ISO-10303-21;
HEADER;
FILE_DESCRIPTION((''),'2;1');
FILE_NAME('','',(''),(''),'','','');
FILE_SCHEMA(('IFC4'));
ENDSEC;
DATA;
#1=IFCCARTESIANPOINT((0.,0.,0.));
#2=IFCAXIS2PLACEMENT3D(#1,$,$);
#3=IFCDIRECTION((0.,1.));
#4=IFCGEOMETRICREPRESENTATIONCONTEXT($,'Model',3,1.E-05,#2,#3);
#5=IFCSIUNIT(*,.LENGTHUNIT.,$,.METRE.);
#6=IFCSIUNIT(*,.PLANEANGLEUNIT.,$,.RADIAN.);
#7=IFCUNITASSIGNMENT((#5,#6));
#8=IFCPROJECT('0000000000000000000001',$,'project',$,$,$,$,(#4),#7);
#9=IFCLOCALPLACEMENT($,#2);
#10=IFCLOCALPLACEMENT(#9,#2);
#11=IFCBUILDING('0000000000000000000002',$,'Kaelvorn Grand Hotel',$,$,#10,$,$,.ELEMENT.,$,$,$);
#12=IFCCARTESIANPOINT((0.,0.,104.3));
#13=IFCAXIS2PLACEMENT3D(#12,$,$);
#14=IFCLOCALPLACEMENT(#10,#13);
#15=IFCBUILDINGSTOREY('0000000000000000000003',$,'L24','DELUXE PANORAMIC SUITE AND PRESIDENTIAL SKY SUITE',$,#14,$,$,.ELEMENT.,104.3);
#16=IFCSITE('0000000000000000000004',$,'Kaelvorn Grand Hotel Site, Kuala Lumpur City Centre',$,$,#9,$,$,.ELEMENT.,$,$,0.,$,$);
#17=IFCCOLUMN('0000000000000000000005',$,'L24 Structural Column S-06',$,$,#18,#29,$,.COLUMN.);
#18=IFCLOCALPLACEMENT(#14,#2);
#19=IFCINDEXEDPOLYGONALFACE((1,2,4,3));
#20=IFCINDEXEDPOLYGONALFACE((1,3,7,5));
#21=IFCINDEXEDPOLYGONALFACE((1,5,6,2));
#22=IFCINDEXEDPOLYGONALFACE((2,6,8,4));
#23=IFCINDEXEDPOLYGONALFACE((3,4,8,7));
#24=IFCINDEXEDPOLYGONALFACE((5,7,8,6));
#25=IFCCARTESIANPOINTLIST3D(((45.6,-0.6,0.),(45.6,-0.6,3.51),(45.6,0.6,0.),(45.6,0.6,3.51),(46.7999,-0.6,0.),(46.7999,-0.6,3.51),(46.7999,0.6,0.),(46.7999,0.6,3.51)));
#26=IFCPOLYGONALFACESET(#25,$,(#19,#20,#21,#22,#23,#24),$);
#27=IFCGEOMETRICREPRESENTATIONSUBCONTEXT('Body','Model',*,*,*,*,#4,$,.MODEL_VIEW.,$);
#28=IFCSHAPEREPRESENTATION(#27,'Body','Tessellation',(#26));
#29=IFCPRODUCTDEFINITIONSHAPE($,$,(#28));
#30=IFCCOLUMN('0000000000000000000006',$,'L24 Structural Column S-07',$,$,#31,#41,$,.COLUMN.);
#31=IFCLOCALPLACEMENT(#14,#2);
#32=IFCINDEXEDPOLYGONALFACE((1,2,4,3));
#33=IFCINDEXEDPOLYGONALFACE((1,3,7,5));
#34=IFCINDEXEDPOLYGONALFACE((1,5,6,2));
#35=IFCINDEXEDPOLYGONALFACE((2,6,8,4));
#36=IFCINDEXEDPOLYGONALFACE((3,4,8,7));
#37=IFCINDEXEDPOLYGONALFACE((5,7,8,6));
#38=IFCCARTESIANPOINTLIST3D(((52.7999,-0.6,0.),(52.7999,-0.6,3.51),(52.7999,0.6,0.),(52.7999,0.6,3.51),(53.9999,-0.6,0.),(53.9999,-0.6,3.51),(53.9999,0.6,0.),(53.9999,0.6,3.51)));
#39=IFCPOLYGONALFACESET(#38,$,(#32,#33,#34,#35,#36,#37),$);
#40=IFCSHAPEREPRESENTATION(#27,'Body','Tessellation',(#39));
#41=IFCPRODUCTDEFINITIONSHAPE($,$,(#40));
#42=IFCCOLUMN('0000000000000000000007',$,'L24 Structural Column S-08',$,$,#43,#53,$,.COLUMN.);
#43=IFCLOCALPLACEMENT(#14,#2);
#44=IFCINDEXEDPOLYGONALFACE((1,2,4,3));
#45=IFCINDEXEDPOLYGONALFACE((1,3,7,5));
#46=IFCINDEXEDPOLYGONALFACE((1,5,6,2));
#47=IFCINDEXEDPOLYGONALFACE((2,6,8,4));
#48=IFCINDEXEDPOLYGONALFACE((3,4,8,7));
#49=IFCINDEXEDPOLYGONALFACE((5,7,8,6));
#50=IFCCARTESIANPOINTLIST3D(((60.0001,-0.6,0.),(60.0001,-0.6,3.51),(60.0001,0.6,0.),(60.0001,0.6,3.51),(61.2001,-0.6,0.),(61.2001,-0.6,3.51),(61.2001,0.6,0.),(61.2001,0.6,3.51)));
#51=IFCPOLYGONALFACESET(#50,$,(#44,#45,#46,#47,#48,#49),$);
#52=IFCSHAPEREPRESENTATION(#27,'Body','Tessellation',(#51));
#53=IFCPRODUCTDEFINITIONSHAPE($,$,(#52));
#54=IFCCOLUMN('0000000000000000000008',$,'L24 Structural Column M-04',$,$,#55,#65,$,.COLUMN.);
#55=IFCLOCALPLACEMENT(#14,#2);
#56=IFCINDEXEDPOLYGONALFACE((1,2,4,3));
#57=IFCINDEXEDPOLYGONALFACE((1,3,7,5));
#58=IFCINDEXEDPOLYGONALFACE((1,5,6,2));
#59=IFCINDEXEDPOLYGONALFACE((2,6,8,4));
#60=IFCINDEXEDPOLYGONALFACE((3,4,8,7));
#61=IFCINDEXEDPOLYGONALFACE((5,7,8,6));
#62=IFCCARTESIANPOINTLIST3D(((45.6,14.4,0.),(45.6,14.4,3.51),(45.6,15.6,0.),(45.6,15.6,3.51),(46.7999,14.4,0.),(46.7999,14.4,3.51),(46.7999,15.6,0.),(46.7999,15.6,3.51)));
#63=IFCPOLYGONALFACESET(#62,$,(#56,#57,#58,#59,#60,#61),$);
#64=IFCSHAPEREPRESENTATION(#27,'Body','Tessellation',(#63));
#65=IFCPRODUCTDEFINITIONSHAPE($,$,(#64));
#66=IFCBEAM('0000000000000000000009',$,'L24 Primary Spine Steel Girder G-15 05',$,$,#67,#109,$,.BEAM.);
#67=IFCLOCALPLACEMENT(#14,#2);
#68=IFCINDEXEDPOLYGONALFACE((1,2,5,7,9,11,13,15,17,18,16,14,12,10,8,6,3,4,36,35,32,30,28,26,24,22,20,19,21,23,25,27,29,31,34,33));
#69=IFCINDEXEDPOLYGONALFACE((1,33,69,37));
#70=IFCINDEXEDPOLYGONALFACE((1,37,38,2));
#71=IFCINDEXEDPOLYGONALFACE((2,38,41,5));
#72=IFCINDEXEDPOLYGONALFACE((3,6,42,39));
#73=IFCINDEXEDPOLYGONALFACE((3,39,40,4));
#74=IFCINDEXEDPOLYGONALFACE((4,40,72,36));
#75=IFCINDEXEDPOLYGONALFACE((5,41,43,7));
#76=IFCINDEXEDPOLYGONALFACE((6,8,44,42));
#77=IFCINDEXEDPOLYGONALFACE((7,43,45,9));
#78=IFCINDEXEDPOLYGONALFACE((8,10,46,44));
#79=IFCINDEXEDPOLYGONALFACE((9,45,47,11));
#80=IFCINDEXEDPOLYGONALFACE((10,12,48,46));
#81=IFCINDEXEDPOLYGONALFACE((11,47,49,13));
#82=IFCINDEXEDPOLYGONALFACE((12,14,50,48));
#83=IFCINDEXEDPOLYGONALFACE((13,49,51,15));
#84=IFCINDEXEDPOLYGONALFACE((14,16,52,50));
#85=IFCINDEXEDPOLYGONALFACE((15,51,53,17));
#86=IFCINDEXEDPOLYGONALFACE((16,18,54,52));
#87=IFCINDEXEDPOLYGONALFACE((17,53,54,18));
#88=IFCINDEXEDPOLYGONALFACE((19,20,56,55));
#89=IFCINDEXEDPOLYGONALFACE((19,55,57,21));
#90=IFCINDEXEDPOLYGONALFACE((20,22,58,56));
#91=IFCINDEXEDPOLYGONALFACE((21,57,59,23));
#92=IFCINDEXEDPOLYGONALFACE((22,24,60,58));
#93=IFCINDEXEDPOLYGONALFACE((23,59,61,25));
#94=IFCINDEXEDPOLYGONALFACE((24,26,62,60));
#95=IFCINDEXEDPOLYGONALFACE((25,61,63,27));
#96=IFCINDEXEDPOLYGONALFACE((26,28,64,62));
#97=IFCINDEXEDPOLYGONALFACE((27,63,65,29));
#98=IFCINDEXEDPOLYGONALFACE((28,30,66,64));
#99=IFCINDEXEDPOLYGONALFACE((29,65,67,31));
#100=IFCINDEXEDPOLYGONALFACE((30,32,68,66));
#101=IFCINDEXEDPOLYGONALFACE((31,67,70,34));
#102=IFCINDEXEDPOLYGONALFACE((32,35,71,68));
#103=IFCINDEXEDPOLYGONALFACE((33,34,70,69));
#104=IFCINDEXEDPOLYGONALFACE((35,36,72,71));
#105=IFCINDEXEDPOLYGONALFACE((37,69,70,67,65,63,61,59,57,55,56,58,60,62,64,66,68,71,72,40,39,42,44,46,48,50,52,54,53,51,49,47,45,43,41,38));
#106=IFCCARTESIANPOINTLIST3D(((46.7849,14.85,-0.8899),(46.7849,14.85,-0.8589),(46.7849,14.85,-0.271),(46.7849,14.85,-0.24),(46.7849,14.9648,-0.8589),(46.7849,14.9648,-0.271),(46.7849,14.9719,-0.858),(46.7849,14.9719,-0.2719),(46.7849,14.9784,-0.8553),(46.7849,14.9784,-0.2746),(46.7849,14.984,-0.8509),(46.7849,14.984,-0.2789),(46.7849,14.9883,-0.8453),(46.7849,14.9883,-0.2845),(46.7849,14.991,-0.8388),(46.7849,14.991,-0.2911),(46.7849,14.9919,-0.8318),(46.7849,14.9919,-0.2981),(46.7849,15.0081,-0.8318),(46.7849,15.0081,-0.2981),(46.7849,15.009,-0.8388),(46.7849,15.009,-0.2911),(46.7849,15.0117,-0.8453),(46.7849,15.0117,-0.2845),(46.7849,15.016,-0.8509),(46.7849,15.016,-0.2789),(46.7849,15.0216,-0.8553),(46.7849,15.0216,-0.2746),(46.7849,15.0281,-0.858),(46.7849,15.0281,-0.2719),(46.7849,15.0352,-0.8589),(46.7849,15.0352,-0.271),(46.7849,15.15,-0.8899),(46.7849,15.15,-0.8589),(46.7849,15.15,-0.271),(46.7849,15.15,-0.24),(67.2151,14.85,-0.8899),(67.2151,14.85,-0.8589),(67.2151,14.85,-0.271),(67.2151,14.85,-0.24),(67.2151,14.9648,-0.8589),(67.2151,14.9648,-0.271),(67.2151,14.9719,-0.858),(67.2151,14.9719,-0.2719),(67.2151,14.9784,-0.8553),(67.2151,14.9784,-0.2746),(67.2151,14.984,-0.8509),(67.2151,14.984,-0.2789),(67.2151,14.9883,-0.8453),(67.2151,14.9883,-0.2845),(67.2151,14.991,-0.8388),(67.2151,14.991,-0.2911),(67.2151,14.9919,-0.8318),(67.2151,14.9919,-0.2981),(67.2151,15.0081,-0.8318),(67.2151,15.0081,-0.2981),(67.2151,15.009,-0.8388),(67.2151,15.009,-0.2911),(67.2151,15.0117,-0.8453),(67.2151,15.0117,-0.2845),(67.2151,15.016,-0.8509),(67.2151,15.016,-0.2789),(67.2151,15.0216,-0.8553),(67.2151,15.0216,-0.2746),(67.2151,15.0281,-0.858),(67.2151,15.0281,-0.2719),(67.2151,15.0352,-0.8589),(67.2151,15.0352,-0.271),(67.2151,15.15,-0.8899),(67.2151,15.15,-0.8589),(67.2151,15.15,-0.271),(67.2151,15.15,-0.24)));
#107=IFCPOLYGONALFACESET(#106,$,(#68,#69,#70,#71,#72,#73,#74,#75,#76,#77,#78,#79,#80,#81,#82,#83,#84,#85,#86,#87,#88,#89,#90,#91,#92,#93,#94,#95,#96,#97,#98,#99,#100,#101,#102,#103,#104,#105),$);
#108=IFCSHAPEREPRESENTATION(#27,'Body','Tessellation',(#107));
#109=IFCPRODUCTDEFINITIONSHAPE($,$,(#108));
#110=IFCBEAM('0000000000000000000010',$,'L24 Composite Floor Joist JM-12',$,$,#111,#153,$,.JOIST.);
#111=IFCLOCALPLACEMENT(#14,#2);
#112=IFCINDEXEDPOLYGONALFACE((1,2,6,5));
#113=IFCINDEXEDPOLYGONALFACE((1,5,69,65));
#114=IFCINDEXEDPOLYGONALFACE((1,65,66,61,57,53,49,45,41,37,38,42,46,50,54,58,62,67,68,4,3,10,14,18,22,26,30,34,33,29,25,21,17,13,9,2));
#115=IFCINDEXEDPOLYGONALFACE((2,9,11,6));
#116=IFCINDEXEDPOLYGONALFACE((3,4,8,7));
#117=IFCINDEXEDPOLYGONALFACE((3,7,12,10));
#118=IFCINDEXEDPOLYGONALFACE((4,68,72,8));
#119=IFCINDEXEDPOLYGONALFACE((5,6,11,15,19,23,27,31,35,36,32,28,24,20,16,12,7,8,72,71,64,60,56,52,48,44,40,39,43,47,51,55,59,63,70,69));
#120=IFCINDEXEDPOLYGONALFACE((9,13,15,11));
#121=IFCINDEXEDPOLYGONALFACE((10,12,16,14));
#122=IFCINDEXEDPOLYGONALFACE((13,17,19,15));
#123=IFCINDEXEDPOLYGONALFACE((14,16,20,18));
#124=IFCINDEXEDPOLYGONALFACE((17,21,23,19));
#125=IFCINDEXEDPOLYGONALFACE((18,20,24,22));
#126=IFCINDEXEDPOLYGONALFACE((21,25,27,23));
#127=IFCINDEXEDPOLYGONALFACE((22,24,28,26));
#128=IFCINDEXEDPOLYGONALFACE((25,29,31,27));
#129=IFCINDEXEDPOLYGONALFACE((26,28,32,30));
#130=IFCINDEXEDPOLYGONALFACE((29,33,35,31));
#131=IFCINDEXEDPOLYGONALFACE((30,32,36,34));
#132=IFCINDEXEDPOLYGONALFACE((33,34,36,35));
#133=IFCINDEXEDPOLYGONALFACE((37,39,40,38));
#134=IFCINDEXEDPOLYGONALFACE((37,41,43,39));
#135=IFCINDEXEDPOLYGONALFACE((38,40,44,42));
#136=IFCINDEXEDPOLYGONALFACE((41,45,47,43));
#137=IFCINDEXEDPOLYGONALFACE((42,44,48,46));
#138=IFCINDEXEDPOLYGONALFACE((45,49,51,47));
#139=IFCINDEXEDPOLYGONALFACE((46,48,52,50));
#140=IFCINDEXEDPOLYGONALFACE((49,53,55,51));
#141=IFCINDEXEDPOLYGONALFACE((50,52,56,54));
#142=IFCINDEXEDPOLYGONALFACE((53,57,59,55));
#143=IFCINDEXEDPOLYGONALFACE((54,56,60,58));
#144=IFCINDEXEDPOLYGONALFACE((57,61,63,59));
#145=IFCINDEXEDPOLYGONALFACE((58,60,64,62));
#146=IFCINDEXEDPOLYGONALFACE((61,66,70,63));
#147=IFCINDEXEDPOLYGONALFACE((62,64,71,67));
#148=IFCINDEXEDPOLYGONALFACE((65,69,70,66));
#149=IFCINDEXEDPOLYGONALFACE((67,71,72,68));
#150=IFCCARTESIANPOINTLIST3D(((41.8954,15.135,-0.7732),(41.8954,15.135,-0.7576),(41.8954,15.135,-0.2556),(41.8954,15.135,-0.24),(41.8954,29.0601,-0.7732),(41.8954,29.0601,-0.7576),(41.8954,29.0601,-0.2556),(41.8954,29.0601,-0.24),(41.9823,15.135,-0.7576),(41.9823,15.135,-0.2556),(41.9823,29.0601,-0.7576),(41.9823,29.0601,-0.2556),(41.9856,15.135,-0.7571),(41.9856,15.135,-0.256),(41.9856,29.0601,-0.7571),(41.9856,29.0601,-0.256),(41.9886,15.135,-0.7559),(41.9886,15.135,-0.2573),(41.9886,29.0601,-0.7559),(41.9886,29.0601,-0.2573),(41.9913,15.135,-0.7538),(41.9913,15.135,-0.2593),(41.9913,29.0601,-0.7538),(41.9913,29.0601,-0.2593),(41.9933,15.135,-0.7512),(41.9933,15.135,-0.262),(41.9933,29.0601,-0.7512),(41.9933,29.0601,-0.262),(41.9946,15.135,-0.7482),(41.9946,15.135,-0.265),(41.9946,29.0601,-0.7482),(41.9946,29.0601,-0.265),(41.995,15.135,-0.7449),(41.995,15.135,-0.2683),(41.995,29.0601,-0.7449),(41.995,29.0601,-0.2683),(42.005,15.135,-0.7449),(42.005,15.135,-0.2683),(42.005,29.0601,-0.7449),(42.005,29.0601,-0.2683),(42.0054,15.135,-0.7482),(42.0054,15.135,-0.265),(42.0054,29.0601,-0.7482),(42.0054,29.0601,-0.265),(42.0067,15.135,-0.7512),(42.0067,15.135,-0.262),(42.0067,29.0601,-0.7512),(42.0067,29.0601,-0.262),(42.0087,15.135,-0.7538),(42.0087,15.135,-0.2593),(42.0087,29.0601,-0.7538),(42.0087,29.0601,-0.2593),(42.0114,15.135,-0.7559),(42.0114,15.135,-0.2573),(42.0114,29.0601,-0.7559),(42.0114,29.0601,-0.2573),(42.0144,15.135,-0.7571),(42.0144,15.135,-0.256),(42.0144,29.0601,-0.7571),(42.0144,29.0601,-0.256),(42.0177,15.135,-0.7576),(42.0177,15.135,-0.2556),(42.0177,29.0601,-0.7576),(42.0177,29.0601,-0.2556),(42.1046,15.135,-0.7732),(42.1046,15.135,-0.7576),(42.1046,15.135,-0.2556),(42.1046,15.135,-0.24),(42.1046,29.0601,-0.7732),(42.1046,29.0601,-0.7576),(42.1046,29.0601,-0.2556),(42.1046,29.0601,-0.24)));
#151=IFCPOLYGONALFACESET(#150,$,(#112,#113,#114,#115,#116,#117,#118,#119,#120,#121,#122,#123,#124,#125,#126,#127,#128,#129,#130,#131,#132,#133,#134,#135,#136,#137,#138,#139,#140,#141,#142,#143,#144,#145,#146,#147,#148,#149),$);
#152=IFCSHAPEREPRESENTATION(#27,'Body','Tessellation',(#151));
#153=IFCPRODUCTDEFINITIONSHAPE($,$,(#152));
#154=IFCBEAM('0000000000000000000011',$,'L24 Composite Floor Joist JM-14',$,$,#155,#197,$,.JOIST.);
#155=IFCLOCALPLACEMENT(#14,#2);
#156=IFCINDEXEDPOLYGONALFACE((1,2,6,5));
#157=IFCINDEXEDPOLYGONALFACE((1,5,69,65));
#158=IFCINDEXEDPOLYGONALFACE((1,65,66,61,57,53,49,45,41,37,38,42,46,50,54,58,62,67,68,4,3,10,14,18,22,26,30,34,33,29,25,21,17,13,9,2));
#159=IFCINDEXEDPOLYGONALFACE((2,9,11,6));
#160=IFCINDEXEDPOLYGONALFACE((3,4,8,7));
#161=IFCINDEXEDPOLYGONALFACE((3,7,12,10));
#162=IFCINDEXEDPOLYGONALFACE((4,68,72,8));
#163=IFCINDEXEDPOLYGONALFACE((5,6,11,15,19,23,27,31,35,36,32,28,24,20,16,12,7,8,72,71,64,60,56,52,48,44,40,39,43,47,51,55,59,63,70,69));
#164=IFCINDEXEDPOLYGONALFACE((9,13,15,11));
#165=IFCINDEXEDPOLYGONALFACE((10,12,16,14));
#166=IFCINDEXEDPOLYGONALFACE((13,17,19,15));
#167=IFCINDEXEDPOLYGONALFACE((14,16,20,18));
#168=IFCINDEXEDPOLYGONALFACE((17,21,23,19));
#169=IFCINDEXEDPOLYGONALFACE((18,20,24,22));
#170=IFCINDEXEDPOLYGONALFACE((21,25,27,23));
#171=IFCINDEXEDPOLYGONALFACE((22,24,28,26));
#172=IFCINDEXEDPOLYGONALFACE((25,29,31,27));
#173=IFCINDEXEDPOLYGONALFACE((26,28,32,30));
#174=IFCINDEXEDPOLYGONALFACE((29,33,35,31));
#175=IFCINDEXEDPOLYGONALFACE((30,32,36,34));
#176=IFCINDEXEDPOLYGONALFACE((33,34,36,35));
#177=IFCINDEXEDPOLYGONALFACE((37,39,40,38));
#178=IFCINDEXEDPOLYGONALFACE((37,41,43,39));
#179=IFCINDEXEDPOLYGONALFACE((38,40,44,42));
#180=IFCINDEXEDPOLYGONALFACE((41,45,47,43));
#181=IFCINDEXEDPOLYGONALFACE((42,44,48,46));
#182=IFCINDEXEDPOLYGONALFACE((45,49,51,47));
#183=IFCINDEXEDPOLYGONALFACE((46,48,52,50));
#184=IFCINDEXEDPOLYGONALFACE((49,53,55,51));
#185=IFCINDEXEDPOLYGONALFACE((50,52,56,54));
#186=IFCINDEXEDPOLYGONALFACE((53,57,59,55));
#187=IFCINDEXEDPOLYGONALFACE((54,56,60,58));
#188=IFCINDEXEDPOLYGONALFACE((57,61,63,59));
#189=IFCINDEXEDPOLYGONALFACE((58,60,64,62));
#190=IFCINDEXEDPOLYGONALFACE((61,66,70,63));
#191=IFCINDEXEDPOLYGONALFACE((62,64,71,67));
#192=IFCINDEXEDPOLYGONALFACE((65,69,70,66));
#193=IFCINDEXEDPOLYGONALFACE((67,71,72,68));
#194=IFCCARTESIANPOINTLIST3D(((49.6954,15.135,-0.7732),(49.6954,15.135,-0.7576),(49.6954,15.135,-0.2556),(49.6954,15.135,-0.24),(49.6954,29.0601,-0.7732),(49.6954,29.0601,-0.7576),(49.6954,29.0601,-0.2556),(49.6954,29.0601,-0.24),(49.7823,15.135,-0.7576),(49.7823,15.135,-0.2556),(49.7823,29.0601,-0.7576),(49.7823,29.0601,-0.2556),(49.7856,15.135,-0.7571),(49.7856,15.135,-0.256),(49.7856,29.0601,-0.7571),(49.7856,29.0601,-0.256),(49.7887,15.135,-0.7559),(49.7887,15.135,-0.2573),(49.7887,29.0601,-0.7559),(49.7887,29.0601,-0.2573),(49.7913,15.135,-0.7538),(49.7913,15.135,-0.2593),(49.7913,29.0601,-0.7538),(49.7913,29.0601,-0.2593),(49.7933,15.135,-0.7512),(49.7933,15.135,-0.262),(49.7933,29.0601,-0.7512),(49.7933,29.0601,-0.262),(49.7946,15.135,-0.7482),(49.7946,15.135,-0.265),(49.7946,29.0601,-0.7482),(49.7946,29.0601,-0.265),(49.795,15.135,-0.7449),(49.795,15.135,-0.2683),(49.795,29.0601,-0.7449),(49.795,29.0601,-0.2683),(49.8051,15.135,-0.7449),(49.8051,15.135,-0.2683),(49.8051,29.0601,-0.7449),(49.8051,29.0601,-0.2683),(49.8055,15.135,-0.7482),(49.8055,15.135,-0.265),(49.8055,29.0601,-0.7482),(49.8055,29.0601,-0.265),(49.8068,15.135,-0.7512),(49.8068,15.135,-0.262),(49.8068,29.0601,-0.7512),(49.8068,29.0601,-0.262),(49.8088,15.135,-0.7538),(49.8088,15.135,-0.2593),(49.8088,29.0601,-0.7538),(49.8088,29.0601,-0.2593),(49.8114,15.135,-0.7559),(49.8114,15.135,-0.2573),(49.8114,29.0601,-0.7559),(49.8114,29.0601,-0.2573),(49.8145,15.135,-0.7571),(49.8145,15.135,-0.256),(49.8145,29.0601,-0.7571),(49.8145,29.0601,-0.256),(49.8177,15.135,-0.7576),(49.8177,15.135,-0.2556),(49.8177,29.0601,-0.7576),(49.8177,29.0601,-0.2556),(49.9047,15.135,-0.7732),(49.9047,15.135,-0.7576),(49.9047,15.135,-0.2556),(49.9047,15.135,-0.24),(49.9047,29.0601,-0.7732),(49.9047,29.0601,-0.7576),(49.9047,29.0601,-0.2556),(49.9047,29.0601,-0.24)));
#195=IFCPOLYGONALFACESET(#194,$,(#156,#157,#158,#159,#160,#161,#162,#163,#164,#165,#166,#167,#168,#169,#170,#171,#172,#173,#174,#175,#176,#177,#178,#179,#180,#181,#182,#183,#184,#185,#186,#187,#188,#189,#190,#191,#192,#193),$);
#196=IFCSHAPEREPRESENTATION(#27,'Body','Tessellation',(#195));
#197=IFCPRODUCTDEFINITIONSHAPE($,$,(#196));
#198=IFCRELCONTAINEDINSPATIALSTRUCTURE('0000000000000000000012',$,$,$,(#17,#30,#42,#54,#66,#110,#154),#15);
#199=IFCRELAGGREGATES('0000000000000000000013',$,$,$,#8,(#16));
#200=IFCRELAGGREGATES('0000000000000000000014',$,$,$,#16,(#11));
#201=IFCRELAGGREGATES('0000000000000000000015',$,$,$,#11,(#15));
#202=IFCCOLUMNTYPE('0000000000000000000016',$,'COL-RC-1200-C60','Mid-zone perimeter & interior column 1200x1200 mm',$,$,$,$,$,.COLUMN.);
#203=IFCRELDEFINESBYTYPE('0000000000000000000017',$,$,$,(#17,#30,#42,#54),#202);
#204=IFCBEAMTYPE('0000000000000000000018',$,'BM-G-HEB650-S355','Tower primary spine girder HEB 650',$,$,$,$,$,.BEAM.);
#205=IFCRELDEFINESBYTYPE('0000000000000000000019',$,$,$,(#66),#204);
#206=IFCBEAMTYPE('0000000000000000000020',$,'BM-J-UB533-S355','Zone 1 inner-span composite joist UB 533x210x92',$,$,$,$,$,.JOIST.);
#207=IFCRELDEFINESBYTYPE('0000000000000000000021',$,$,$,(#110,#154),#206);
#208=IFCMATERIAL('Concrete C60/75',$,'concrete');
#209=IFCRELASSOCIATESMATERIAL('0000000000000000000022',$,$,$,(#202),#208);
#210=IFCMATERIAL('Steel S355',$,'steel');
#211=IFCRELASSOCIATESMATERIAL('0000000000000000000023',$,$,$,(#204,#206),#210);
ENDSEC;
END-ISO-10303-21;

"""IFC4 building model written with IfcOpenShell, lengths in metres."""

from ifc_helpers import new_model, si_unit, direction, frame, origin, origin_2d, place, context, subcontext, project, spatial, rectangle, i_section, extrude, material, material_profile, profile_set, type_object, element, save


model = new_model("IFC4")

# Units and contexts
model_context = context("Model", 3, precision=1e-05, world=origin(), true_north=direction((0.0, 1.0)))
body_context = subcontext(model_context, "Body", "Model", "MODEL_VIEW")
ifc_project = project(units=[si_unit("LENGTHUNIT", "METRE"), si_unit("PLANEANGLEUNIT", "RADIAN")], contexts=[model_context])

# Site, building, storey
site_placement = place(None, origin())
site = spatial("IfcSite", under=ifc_project, at=site_placement, Name="Kaelvorn Grand Hotel Site, Kuala Lumpur City Centre", CompositionType="ELEMENT", RefElevation=0.0)
building_placement = place(site_placement, origin())
building = spatial("IfcBuilding", under=site, at=building_placement, Name="Kaelvorn Grand Hotel", CompositionType="ELEMENT")
storey_placement = place(building_placement, frame((0.0, 0.0, 104.3)))
storey = spatial("IfcBuildingStorey", under=building, at=storey_placement, Name="L24", Description="DELUXE PANORAMIC SUITE AND PRESIDENTIAL SKY SUITE", CompositionType="ELEMENT", Elevation=104.3)

# Columns
ifc_material_1 = material(Name="Concrete C60/75", Category="concrete")
ifc_material_profile_1 = material_profile(ifc_material_1, rectangle(XDim=1.2, YDim=1.2, at=origin_2d()), Name="RC COL 1200x1200")
ifc_profile_set_1 = profile_set([ifc_material_profile_1], Name="Concrete C60/75")
column_type = type_object("IfcColumnType", Name="COL-RC-1200-C60", Description="Mid-zone perimeter & interior column 1200x1200 mm", PredefinedType="COLUMN", material=ifc_profile_set_1)
for number, where, z_axis, x_axis, name in (
    (1, (46.2, 0.0, 0.0), (0.0, 0.0, 1.0), (1.0, 0.0, 0.0), "L24 Structural Column S-06"),
    (2, (53.3999, 0.0, 0.0), (0.0, 0.0, 1.0), (1.0, 0.0, 0.0), "L24 Structural Column S-07"),
    (3, (60.6001, 0.0, 0.0), (0.0, 0.0, 1.0), (1.0, 0.0, 0.0), "L24 Structural Column S-08"),
    (4, (46.2, 15.0, 0.0), (0.0, 0.0, 1.0), (1.0, 0.0, 0.0), "L24 Structural Column M-04"),
):
    element("IfcColumn", number, at=place(storey_placement, frame(where, z_axis=z_axis, x_axis=x_axis)), inside=storey, type_object=column_type, Name=name, PredefinedType="COLUMN", context=body_context, shape_type="SweptSolid", body=[
        extrude(rectangle(XDim=1.2, YDim=1.2, at=origin_2d()), origin(), (0.0, 0.0, 1.0), 3.51),
    ])

# Beams
ifc_material_2 = material(Name="Steel S355", Category="steel")
ifc_material_profile_2 = material_profile(ifc_material_2, i_section(OverallWidth=0.3, OverallDepth=0.6499, WebThickness=0.0161, FlangeThickness=0.031, FilletRadius=0.0271, at=origin_2d()), Name="HEB 650")
ifc_profile_set_2 = profile_set([ifc_material_profile_2], Name="Steel S355")
beam_type_1 = type_object("IfcBeamType", Name="BM-G-HEB650-S355", Description="Tower primary spine girder HEB 650", PredefinedType="BEAM", material=ifc_profile_set_2)
beam_1_placement = place(storey_placement, frame((46.7849, 15.0, -0.5649), z_axis=(1.0, 0.0, 0.0), x_axis=(0.0, 1.0, 0.0)))
element("IfcBeam", 5, at=beam_1_placement, inside=storey, type_object=beam_type_1, Name="L24 Primary Spine Steel Girder G-15 05", PredefinedType="BEAM", context=body_context, shape_type="SweptSolid", body=[
    extrude(i_section(OverallWidth=0.3, OverallDepth=0.6499, WebThickness=0.0161, FlangeThickness=0.031, FilletRadius=0.0271, at=origin_2d()), origin(), (0.0, 0.0, 1.0), 20.4302),
])
ifc_material_profile_3 = material_profile(ifc_material_2, i_section(OverallWidth=0.2092, OverallDepth=0.5332, WebThickness=0.01, FlangeThickness=0.0156, FilletRadius=0.0127, at=origin_2d()), Name="UB 533x210x92")
ifc_profile_set_3 = profile_set([ifc_material_profile_3], Name="Steel S355")
beam_type_2 = type_object("IfcBeamType", Name="BM-J-UB533-S355", Description="Zone 1 inner-span composite joist UB 533x210x92", PredefinedType="JOIST", material=ifc_profile_set_3)
for number, where, z_axis, x_axis, name in (
    (6, (42.0, 15.135, -0.5066), (0.0, 1.0, 0.0), (-1.0, 0.0, 0.0), "L24 Composite Floor Joist JM-12"),
    (7, (49.8, 15.135, -0.5066), (0.0, 1.0, 0.0), (-1.0, 0.0, 0.0), "L24 Composite Floor Joist JM-14"),
):
    element("IfcBeam", number, at=place(storey_placement, frame(where, z_axis=z_axis, x_axis=x_axis)), inside=storey, type_object=beam_type_2, Name=name, PredefinedType="JOIST", context=body_context, shape_type="SweptSolid", body=[
        extrude(i_section(OverallWidth=0.2092, OverallDepth=0.5332, WebThickness=0.01, FlangeThickness=0.0156, FilletRadius=0.0127, at=origin_2d()), origin(), (0.0, 0.0, 1.0), 13.925),
    ])

save(model, "model.ifc")
